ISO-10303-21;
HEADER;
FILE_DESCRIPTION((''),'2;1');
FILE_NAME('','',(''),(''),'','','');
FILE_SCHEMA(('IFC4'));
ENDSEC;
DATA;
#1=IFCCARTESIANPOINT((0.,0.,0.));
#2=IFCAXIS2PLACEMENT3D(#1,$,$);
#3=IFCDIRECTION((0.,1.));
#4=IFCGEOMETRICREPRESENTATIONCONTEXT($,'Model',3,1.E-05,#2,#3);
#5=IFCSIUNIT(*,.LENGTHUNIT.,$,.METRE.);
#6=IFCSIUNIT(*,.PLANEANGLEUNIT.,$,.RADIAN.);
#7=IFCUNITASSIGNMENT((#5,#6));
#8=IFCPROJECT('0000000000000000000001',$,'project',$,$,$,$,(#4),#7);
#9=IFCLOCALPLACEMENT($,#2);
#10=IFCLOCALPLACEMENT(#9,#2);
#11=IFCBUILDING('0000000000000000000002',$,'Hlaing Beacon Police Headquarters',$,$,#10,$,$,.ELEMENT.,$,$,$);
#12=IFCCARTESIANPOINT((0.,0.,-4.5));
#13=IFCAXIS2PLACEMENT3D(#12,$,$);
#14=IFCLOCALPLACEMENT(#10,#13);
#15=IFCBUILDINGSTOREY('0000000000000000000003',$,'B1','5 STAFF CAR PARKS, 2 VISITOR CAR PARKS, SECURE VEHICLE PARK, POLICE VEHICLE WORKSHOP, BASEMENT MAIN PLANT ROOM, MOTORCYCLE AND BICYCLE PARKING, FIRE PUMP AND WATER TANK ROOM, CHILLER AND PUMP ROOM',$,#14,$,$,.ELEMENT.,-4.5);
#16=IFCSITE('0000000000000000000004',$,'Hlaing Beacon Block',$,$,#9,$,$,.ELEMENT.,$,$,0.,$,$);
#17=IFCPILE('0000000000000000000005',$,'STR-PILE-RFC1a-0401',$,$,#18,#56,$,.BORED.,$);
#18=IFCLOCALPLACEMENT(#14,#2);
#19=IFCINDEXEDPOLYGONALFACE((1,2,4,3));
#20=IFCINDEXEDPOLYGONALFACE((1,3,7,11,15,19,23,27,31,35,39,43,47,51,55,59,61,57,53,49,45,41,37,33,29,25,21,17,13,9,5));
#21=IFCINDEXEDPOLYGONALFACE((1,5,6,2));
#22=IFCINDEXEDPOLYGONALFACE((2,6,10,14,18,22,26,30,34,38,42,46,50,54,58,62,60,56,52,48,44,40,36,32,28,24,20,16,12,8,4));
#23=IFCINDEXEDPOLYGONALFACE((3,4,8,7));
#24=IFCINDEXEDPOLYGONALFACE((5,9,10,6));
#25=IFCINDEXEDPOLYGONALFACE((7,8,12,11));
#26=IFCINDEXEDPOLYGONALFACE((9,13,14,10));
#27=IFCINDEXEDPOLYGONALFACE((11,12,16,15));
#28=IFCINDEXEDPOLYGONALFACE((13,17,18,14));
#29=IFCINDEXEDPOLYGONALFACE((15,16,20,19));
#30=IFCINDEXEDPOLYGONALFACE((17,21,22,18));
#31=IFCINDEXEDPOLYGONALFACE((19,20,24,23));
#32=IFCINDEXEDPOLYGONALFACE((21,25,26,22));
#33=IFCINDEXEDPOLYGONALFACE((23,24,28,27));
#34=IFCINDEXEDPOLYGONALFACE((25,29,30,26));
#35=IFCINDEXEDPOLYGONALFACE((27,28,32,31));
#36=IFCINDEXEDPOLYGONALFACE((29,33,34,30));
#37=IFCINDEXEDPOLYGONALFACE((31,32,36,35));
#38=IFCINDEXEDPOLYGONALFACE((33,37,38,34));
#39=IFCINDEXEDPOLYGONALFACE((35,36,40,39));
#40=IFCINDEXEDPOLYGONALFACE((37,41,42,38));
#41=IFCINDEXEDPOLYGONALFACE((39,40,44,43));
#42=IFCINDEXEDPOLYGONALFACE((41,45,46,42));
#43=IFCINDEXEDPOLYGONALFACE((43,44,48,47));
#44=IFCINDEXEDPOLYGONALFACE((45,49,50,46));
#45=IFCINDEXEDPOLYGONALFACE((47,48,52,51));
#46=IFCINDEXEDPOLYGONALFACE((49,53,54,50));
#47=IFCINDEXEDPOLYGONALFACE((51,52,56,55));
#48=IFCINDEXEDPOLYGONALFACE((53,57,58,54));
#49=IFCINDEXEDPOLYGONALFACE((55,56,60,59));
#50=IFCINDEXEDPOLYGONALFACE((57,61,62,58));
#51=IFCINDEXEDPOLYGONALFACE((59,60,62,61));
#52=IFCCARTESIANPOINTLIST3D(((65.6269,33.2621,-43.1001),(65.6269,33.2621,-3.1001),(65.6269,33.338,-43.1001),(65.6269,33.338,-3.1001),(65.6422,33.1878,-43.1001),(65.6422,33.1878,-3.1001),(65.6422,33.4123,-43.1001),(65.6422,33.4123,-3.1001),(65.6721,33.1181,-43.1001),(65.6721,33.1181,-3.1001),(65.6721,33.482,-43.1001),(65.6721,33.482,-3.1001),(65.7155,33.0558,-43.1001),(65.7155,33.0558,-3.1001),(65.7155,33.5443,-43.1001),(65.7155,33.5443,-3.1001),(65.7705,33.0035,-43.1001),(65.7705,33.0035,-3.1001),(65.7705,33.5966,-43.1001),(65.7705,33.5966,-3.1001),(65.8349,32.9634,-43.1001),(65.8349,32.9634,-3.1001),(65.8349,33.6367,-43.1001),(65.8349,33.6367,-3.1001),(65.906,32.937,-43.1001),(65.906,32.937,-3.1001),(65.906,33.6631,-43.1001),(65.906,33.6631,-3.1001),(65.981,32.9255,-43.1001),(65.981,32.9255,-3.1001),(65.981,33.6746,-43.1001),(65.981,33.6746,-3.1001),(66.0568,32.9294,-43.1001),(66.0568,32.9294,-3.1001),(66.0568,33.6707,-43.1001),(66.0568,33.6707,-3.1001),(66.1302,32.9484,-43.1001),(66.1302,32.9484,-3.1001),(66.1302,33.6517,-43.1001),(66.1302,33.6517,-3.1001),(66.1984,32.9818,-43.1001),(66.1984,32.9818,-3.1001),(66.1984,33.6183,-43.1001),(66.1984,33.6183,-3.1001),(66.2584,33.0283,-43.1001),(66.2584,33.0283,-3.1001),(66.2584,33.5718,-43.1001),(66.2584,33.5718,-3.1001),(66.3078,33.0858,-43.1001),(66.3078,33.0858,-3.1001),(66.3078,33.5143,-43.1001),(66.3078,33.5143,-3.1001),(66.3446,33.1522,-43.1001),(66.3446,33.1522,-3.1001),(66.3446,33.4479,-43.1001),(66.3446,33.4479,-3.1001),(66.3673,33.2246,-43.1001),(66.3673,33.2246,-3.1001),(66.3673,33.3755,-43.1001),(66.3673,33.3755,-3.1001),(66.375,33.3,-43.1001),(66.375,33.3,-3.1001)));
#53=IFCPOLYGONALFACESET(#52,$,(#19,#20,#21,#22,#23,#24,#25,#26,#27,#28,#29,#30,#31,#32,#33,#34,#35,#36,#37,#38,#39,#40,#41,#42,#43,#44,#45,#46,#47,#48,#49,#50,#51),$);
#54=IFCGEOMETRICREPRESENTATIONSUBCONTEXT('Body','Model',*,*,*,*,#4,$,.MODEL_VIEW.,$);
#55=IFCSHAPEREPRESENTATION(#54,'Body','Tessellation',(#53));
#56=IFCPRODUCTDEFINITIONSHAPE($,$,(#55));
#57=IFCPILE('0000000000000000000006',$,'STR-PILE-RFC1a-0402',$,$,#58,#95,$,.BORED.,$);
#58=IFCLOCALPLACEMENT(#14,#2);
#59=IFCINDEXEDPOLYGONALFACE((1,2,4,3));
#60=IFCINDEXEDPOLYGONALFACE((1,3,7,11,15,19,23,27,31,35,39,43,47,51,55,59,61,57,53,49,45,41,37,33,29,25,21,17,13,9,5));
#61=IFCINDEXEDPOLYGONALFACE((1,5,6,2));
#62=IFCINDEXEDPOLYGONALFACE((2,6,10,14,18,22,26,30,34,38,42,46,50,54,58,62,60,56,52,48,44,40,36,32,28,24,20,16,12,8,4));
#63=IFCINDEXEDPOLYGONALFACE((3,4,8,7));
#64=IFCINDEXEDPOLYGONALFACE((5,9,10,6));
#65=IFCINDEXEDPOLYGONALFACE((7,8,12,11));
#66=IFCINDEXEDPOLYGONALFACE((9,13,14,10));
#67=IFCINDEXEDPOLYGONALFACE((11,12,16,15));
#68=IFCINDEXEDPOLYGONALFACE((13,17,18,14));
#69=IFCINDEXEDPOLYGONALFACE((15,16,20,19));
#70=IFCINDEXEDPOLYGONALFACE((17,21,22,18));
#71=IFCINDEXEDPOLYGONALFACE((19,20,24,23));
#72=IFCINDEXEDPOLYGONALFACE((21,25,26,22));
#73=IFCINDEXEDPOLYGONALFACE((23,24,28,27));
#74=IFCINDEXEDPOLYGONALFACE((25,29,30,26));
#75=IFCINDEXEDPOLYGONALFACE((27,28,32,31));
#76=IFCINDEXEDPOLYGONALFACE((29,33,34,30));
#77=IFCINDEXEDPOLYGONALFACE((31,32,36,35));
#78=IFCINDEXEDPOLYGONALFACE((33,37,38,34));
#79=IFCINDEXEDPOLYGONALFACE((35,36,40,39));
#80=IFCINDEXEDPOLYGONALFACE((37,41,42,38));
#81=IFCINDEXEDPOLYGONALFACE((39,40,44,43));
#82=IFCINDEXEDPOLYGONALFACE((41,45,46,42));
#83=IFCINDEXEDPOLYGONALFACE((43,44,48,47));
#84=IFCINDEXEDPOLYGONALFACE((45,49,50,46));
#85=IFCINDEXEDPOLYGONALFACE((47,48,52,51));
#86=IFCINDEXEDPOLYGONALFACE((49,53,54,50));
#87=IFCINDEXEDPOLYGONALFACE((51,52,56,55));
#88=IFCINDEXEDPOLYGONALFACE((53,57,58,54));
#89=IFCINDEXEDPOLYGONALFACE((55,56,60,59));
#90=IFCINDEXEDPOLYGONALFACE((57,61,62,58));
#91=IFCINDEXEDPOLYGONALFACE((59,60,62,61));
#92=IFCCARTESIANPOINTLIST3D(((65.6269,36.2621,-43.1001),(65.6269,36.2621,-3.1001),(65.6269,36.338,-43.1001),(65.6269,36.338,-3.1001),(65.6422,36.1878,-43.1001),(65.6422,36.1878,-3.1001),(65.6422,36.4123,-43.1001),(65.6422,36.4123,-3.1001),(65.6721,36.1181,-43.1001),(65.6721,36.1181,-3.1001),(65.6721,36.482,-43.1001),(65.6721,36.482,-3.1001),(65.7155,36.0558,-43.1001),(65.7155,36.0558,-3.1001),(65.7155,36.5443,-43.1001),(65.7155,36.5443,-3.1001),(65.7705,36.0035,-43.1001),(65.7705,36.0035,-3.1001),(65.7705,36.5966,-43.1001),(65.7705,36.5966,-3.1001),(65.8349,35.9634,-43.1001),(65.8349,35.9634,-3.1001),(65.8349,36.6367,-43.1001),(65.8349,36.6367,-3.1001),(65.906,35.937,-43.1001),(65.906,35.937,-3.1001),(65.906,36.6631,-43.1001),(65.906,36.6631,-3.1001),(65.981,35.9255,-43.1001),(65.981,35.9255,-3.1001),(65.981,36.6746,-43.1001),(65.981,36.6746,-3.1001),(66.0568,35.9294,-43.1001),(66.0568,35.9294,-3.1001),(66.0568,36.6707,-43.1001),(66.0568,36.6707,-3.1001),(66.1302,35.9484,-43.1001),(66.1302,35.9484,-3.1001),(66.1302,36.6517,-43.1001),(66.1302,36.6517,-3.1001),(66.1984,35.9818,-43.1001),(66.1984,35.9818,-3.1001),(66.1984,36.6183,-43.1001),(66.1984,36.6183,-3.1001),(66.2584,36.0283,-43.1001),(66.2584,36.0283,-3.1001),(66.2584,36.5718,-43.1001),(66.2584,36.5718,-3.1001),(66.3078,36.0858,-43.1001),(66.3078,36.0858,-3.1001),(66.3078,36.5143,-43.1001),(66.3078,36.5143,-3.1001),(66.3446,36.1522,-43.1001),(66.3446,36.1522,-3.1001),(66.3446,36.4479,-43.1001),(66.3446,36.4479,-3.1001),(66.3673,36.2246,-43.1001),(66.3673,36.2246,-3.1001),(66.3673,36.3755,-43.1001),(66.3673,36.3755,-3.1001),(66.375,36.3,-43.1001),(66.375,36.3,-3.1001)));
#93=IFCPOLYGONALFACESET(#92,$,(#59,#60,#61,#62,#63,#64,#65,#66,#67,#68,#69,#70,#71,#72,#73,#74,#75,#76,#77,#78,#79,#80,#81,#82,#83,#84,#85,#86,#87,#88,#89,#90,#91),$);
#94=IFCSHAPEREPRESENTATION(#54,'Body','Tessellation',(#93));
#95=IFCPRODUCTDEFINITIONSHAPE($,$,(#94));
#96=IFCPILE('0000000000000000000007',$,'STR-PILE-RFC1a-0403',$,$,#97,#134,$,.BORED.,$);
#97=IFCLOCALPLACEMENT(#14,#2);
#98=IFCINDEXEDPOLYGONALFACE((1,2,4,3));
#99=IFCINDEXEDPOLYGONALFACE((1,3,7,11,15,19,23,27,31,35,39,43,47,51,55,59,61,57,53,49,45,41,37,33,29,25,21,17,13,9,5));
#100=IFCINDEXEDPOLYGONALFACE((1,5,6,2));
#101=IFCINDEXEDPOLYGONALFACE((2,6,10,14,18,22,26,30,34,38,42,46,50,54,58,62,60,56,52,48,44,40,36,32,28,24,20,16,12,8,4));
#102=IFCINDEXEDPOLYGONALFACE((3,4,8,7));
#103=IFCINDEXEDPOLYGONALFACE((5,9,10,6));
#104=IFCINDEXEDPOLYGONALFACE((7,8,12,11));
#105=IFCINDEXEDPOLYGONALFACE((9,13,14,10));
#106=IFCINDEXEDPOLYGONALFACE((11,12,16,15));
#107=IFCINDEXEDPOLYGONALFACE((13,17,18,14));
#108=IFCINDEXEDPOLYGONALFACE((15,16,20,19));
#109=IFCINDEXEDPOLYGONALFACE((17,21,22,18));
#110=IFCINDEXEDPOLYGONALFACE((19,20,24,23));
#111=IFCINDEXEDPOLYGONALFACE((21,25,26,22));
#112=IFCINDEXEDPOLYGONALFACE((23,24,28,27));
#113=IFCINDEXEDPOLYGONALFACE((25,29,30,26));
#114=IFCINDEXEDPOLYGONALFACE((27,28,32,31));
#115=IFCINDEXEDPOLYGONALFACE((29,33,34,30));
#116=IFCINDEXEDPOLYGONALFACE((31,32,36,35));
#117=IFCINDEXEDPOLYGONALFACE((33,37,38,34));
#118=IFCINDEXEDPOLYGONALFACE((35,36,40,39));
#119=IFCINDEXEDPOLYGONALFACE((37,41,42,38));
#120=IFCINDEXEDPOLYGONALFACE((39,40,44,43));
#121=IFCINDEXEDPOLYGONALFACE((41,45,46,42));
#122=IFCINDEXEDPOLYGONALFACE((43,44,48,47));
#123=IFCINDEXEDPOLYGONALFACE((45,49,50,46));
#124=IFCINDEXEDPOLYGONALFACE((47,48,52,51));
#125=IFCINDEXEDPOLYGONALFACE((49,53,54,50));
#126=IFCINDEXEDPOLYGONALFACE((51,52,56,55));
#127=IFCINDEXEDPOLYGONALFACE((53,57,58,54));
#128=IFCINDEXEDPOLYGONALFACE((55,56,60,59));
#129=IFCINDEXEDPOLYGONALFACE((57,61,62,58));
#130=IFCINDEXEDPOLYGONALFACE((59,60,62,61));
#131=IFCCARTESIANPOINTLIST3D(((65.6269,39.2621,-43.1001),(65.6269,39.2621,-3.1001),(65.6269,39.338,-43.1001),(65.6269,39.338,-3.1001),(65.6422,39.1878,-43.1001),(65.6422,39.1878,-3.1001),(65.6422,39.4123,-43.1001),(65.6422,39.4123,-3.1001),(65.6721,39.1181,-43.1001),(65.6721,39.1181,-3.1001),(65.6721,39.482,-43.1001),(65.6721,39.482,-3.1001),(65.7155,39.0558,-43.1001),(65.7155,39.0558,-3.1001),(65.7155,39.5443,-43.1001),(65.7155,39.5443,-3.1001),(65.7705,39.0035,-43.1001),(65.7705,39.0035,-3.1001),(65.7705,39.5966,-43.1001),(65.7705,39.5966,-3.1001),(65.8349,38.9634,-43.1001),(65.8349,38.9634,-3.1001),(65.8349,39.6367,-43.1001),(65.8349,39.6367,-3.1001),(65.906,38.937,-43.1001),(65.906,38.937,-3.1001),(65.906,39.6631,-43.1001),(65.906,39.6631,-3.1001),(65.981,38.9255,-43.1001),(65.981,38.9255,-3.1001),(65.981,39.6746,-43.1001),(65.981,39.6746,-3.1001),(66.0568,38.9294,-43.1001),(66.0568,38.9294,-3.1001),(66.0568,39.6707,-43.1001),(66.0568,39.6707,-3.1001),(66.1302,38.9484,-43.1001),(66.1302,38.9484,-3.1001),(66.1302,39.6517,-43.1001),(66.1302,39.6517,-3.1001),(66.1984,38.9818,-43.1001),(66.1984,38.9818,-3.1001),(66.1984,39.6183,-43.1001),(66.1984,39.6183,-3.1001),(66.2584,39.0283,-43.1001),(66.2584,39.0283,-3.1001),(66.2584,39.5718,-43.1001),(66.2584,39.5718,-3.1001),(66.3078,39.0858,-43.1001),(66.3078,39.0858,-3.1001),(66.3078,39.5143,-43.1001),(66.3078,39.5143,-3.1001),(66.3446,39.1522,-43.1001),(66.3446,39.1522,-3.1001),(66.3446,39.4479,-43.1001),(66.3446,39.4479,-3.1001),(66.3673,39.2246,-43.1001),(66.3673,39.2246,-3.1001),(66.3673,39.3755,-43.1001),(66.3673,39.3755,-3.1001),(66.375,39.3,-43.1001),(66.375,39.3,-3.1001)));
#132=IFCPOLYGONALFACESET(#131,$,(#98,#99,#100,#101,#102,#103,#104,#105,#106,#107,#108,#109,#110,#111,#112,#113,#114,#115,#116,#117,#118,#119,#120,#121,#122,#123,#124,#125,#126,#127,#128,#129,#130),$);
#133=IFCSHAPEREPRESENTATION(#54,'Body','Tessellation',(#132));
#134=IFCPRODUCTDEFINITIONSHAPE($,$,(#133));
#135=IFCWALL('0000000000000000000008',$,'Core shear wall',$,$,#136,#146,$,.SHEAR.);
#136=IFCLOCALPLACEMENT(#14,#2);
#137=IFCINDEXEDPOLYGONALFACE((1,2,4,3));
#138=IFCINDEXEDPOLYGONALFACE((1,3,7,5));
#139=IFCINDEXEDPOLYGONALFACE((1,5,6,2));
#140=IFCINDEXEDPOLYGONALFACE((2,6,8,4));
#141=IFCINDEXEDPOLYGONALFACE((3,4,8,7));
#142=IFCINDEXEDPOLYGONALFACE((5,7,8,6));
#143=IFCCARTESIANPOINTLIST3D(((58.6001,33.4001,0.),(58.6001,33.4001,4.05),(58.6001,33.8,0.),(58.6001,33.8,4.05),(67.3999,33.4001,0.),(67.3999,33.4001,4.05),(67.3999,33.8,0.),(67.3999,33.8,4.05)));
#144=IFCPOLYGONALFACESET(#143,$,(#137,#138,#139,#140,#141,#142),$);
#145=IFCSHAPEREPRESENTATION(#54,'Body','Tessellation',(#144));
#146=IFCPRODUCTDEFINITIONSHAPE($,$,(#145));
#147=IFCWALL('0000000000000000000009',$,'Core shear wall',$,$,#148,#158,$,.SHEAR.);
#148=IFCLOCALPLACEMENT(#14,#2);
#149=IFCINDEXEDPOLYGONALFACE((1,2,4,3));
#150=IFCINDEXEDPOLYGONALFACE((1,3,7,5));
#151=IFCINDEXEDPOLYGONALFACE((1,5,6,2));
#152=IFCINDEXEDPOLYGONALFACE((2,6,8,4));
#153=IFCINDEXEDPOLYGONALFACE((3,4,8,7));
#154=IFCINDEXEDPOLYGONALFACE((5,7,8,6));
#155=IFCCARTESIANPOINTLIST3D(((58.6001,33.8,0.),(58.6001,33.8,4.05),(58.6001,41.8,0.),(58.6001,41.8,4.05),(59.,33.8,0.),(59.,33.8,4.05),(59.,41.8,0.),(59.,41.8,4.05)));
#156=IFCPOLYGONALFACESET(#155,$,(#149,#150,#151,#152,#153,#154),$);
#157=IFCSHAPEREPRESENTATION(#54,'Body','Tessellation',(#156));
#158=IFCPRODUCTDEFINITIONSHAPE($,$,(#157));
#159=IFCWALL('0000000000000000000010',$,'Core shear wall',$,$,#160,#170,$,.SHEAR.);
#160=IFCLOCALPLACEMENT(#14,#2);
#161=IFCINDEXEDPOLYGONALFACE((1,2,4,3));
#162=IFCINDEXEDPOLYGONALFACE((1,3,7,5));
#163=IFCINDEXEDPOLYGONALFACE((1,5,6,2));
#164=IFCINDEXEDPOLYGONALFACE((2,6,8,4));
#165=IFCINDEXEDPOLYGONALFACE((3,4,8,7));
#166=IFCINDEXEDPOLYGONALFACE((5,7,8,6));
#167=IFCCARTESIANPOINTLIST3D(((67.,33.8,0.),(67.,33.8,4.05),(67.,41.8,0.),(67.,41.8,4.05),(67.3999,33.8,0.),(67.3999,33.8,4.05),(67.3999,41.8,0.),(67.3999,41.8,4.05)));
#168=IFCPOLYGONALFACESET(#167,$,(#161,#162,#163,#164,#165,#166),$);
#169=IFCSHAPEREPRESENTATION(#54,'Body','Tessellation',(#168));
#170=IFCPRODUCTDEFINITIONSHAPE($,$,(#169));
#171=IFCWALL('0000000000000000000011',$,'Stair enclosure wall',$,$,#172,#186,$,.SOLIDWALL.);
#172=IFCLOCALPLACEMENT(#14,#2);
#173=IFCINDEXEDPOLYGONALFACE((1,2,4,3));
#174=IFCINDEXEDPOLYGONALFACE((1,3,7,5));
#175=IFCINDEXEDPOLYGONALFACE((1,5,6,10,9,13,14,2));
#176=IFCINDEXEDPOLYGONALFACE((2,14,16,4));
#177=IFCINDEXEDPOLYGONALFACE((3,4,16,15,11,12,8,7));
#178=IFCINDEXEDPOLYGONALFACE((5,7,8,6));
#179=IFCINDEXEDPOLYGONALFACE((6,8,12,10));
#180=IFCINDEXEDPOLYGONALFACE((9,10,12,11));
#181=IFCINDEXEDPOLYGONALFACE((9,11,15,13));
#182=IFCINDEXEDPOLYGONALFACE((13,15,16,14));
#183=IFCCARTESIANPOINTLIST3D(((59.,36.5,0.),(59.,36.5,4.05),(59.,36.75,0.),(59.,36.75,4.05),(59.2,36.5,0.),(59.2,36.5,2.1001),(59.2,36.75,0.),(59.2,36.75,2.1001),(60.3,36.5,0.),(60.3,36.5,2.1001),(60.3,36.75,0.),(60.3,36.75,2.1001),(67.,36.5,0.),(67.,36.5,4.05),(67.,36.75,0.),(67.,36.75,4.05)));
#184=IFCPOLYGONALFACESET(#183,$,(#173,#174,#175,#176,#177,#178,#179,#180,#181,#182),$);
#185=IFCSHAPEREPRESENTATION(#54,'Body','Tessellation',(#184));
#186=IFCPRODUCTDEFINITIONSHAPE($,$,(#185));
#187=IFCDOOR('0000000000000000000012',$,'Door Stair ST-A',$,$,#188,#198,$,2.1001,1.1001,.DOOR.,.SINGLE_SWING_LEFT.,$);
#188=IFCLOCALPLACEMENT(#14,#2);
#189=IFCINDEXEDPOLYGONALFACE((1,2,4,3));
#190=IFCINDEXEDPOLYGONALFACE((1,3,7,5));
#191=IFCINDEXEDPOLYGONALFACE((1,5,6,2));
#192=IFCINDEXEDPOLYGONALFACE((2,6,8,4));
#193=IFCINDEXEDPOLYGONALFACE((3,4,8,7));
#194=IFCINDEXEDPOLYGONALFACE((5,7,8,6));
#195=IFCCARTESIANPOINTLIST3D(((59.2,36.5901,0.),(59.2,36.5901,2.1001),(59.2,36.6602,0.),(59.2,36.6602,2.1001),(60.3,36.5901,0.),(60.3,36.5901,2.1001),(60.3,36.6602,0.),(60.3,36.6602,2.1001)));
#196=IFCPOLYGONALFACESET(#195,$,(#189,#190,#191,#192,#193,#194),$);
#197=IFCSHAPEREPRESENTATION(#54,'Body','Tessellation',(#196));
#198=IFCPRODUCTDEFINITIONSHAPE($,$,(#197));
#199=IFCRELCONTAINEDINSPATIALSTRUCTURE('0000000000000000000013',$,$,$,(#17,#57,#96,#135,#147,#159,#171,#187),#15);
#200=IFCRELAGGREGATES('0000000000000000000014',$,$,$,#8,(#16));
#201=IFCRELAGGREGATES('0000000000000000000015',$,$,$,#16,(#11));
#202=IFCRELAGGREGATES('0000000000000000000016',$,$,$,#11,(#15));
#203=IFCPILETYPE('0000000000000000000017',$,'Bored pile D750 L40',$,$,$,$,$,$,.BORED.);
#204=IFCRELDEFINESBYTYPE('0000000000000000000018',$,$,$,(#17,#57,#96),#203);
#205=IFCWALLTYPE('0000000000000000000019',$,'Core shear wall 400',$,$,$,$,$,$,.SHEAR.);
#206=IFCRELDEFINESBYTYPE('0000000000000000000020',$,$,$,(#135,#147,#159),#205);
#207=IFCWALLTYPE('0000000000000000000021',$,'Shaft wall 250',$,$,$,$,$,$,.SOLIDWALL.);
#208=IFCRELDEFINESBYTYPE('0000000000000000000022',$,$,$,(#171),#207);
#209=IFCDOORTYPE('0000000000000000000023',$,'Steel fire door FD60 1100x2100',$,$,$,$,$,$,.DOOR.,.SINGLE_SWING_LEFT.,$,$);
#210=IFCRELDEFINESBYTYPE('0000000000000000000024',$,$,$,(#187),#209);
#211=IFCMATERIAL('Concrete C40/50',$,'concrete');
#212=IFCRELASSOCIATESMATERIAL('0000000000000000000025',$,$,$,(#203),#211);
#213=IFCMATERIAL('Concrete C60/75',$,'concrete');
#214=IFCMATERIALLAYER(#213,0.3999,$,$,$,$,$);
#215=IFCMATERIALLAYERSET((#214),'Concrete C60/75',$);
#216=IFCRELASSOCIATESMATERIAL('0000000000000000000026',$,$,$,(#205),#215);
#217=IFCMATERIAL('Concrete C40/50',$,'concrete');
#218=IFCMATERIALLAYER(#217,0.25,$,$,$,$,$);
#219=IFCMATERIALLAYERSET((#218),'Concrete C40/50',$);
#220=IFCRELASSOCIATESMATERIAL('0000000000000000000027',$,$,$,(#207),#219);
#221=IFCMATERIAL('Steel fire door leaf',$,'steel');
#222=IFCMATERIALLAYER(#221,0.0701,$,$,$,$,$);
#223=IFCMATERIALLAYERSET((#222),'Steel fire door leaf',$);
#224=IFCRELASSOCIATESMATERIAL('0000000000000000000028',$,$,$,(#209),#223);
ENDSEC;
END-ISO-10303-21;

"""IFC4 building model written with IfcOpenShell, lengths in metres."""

from ifc_helpers import new_model, si_unit, direction, frame, frame_2d, origin, origin_2d, place, context, subcontext, project, spatial, rectangle, circle, extrude, material, layer, layer_set, material_profile, profile_set, type_object, element, fill, save


model = new_model("IFC4")

# Units and contexts
model_context = context("Model", 3, precision=1e-05, world=origin(), true_north=direction((0.0, 1.0)))
body_context = subcontext(model_context, "Body", "Model", "MODEL_VIEW")
ifc_project = project(units=[si_unit("LENGTHUNIT", "METRE"), si_unit("PLANEANGLEUNIT", "RADIAN")], contexts=[model_context])

# Site, building, storey
site_placement = place(None, origin())
site = spatial("IfcSite", under=ifc_project, at=site_placement, Name="Hlaing Beacon Block", CompositionType="ELEMENT", RefElevation=0.0)
building_placement = place(site_placement, origin())
building = spatial("IfcBuilding", under=site, at=building_placement, Name="Hlaing Beacon Police Headquarters", CompositionType="ELEMENT")
storey_placement = place(building_placement, frame((0.0, 0.0, -4.5)))
storey = spatial("IfcBuildingStorey", under=building, at=storey_placement, Name="B1", Description="5 STAFF CAR PARKS, 2 VISITOR CAR PARKS, SECURE VEHICLE PARK, POLICE VEHICLE WORKSHOP, BASEMENT MAIN PLANT ROOM, MOTORCYCLE AND BICYCLE PARKING, FIRE PUMP AND WATER TANK ROOM, CHILLER AND PUMP ROOM", CompositionType="ELEMENT", Elevation=-4.5)

# Piles
ifc_material_1 = material(Name="Concrete C40/50", Category="concrete")
ifc_material_profile = material_profile(ifc_material_1, circle(Radius=0.375, at=origin_2d()), Name="D750")
ifc_profile_set = profile_set([ifc_material_profile], Name="Concrete C40/50")
pile_type = type_object("IfcPileType", Name="Bored pile D750 L40", PredefinedType="BORED", material=ifc_profile_set)
for number, where, z_axis, x_axis, name in (
    (1, (66.0, 33.3, -3.1001), (0.0, 0.0, -1.0), (1.0, 0.0, 0.0), "STR-PILE-RFC1a-0401"),
    (2, (66.0, 36.3, -3.1001), (0.0, 0.0, -1.0), (1.0, 0.0, 0.0), "STR-PILE-RFC1a-0402"),
    (3, (66.0, 39.3, -3.1001), (0.0, 0.0, -1.0), (1.0, 0.0, 0.0), "STR-PILE-RFC1a-0403"),
):
    element("IfcPile", number, at=place(storey_placement, frame(where, z_axis=z_axis, x_axis=x_axis)), inside=storey, type_object=pile_type, Name=name, PredefinedType="BORED", context=body_context, shape_type="SweptSolid", body=[
        extrude(circle(Radius=0.375, at=origin_2d()), origin(), (0.0, 0.0, 1.0), 40.0),
    ])

# Walls
ifc_material_2 = material(Name="Concrete C60/75", Category="concrete")
ifc_layer_1 = layer(ifc_material_2, 0.3999)
ifc_layer_set_1 = layer_set([ifc_layer_1], Name="Concrete C60/75")
wall_type_1 = type_object("IfcWallType", Name="Core shear wall 400", PredefinedType="SHEAR", material=ifc_layer_set_1)
wall_1_placement = place(storey_placement, frame((58.6001, 33.6001, 0.0), z_axis=(0.0, 0.0, 1.0), x_axis=(1.0, 0.0, 0.0)))
element("IfcWall", 4, at=wall_1_placement, inside=storey, type_object=wall_type_1, Name="Core shear wall", PredefinedType="SHEAR", context=body_context, shape_type="SweptSolid", body=[
    extrude(rectangle(XDim=8.7998, YDim=0.3999, at=frame_2d((4.3999, 0.0))), origin(), (0.0, 0.0, 1.0), 4.05),
])
for number, where, z_axis, x_axis, name in (
    (5, (58.8, 33.8, 0.0), (0.0, 0.0, 1.0), (0.0, 1.0, 0.0), "Core shear wall"),
    (6, (67.2, 33.8, 0.0), (0.0, 0.0, 1.0), (0.0, 1.0, 0.0), "Core shear wall"),
):
    element("IfcWall", number, at=place(storey_placement, frame(where, z_axis=z_axis, x_axis=x_axis)), inside=storey, type_object=wall_type_1, Name=name, PredefinedType="SHEAR", context=body_context, shape_type="SweptSolid", body=[
        extrude(rectangle(XDim=8.0, YDim=0.3999, at=frame_2d((4.0, 0.0))), origin(), (0.0, 0.0, 1.0), 4.05),
    ])

# Wall, opening, door
ifc_material_3 = material(Name="Concrete C40/50", Category="concrete")
ifc_layer_2 = layer(ifc_material_3, 0.25)
ifc_layer_set_2 = layer_set([ifc_layer_2], Name="Concrete C40/50")
wall_type_2 = type_object("IfcWallType", Name="Shaft wall 250", PredefinedType="SOLIDWALL", material=ifc_layer_set_2)
wall_2_placement = place(storey_placement, frame((59.0, 36.625, 0.0), z_axis=(0.0, 0.0, 1.0), x_axis=(1.0, 0.0, 0.0)))
wall_2 = element("IfcWall", 7, at=wall_2_placement, inside=storey, type_object=wall_type_2, Name="Stair enclosure wall", PredefinedType="SOLIDWALL", context=body_context, shape_type="SweptSolid", body=[
    extrude(rectangle(XDim=8.0, YDim=0.25, at=frame_2d((4.0, 0.0))), origin(), (0.0, 0.0, 1.0), 4.05),
])
opening_1_placement = place(wall_2_placement, frame((0.2, 0.0, 0.0)))
opening_1 = element("IfcOpeningElement", 8, at=opening_1_placement, cuts=wall_2, PredefinedType="OPENING", context=body_context, shape_type="SweptSolid", body=[
    extrude(rectangle(XDim=1.1001, YDim=2.1001, at=frame_2d((0.55, 1.05))), frame((0.0, 0.135, 0.0), z_axis=(0.0, -1.0, 0.0), x_axis=(1.0, 0.0, 0.0)), (0.0, 0.0, 1.0), 0.27),
])
ifc_material_4 = material(Name="Steel fire door leaf", Category="steel")
ifc_layer_3 = layer(ifc_material_4, 0.0701)
ifc_layer_set_3 = layer_set([ifc_layer_3], Name="Steel fire door leaf")
door_type_1 = type_object("IfcDoorType", Name="Steel fire door FD60 1100x2100", OperationType="SINGLE_SWING_LEFT", PredefinedType="DOOR", material=ifc_layer_set_3)
door_1_placement = place(opening_1_placement, frame((1.1001, 0.0, 0.0), z_axis=(0.0, 0.0, 1.0), x_axis=(-1.0, 0.0, 0.0)))
door_1 = element("IfcDoor", 9, at=door_1_placement, inside=storey, type_object=door_type_1, Name="Door Stair ST-A", OperationType="SINGLE_SWING_LEFT", OverallHeight=2.1001, OverallWidth=1.1001, PredefinedType="DOOR", context=body_context, shape_type="SweptSolid", body=[
    extrude(rectangle(XDim=1.1001, YDim=2.1001, at=frame_2d((0.55, 1.05))), frame((0.0, 0.0349, 0.0), z_axis=(0.0, -1.0, 0.0), x_axis=(1.0, 0.0, 0.0)), (0.0, 0.0, 1.0), 0.0701),
])
fill(opening_1, door_1)

save(model, "model.ifc")
